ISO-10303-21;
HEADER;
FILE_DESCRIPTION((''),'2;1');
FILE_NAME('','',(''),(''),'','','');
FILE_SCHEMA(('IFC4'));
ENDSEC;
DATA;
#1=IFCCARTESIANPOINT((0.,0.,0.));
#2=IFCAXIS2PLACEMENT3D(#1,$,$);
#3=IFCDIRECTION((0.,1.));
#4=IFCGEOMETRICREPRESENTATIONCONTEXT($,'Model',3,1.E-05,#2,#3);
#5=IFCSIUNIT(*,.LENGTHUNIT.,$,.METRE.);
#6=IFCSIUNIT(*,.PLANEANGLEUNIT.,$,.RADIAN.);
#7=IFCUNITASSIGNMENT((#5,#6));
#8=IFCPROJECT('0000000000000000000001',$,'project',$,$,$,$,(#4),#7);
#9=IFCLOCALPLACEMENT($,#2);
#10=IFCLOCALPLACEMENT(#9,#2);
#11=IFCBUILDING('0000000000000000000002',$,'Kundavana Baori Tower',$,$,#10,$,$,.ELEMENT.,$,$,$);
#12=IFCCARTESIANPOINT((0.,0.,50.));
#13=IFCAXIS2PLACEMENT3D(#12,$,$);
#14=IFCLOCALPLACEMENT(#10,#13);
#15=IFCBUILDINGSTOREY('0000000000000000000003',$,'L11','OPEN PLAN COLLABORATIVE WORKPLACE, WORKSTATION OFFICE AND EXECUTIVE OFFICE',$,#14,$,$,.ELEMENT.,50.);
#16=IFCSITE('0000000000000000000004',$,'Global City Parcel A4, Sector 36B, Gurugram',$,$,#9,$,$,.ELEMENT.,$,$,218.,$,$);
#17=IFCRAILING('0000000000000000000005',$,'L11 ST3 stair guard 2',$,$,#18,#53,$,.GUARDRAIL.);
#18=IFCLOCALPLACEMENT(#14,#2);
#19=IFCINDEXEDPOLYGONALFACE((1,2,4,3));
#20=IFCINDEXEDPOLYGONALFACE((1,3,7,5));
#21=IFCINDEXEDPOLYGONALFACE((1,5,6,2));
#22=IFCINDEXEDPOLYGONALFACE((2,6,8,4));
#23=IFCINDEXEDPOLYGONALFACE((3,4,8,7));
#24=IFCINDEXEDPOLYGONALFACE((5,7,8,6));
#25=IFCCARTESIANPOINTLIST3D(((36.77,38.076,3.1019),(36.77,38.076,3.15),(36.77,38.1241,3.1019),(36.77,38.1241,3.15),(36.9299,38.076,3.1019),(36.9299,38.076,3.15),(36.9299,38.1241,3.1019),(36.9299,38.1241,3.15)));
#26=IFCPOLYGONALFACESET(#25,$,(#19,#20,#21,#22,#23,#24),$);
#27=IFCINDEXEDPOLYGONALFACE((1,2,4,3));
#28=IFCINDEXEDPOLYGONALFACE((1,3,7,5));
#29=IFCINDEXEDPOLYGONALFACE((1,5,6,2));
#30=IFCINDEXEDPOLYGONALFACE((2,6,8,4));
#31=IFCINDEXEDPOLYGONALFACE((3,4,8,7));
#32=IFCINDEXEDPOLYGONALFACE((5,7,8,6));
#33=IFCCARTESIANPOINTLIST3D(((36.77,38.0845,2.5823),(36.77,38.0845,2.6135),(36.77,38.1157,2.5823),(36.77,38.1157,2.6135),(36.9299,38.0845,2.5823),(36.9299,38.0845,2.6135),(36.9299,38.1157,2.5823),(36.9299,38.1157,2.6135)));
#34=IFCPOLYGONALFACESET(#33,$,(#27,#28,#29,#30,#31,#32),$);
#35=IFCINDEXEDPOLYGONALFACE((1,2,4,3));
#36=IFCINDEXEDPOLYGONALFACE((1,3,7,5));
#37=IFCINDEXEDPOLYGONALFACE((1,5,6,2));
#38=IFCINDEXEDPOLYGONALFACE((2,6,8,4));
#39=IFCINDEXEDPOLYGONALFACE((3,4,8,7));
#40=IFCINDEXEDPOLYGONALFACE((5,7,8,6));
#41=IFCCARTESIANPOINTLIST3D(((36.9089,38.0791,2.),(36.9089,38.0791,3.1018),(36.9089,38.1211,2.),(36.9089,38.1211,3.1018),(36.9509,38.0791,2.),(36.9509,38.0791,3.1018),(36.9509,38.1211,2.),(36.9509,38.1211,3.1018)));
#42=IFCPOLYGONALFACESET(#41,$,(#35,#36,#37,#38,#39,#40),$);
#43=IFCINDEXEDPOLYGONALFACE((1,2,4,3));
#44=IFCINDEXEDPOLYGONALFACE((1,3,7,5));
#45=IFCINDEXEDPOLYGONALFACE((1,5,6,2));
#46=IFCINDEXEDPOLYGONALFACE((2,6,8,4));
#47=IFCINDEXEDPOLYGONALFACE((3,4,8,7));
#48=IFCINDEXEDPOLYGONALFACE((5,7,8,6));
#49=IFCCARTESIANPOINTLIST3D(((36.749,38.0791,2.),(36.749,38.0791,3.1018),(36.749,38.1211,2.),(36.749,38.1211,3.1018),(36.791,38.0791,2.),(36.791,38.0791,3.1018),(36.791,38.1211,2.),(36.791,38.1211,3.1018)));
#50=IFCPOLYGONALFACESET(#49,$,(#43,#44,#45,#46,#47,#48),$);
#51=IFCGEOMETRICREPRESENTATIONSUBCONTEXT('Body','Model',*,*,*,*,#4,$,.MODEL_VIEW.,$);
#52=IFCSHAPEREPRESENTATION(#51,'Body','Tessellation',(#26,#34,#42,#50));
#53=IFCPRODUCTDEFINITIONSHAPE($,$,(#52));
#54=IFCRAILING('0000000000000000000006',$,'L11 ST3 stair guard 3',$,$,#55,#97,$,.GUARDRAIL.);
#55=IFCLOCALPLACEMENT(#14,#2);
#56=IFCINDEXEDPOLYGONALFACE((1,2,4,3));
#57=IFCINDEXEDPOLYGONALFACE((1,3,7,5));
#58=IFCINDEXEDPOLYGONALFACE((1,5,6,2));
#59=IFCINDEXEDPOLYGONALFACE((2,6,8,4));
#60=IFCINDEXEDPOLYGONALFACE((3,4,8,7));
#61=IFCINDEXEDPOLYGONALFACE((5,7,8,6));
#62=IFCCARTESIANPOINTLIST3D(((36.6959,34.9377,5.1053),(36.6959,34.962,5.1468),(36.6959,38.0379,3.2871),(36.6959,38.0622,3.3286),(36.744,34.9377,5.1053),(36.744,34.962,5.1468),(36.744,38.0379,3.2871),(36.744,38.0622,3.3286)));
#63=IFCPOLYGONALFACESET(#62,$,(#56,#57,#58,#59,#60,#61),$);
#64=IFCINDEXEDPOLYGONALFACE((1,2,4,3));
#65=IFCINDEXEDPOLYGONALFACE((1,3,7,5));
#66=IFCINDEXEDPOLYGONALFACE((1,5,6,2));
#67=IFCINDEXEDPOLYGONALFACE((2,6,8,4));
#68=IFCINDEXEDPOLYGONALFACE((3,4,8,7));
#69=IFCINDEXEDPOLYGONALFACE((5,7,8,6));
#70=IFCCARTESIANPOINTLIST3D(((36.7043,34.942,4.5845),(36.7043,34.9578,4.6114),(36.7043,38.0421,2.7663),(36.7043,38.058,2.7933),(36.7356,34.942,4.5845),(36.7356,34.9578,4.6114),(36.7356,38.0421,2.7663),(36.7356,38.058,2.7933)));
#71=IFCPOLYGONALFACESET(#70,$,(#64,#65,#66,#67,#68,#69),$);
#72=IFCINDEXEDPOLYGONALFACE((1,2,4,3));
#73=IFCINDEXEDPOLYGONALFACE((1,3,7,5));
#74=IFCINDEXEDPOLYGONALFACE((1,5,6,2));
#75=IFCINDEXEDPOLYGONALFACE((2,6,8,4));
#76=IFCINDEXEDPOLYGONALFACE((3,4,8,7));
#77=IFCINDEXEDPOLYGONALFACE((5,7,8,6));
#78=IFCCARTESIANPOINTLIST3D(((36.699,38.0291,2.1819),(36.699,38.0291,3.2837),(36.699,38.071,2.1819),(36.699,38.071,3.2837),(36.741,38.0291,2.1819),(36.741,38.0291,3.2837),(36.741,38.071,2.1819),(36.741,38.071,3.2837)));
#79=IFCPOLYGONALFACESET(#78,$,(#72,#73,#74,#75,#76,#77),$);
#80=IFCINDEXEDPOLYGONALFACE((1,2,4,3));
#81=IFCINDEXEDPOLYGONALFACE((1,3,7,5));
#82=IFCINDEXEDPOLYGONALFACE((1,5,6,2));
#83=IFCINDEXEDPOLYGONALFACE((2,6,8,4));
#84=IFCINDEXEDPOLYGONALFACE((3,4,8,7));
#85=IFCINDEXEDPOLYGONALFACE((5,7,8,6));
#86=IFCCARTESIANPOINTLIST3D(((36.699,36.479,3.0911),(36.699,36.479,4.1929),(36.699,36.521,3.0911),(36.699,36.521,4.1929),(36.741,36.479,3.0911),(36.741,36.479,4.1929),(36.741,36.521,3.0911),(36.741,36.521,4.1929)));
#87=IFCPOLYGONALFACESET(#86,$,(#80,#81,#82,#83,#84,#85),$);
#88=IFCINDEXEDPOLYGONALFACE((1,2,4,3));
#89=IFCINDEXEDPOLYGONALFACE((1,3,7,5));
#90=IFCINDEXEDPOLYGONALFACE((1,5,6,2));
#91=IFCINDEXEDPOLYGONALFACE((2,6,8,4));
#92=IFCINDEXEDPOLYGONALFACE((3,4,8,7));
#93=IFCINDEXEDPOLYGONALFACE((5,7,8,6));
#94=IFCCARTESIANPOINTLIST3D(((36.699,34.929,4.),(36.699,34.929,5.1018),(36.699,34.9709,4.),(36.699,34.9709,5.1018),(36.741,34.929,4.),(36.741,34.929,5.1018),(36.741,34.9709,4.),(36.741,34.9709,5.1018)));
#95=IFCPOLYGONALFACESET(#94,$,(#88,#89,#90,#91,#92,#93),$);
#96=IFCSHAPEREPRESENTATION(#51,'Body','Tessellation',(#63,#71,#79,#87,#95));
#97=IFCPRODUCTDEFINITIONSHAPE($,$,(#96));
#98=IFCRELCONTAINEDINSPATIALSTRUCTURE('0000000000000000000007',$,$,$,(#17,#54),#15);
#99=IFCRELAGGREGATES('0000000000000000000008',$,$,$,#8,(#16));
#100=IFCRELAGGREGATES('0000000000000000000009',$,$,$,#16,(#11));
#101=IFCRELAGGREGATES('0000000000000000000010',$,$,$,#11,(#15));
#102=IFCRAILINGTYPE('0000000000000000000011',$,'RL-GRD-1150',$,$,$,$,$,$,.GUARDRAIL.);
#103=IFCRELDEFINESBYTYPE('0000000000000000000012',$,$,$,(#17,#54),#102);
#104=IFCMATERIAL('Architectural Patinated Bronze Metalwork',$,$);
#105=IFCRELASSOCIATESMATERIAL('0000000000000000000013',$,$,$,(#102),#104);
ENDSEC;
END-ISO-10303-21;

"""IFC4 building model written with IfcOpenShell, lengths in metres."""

from ifc_helpers import new_model, si_unit, direction, frame, origin, origin_2d, place, context, subcontext, project, spatial, rectangle, extrude, material, type_object, element, save


model = new_model("IFC4")

# Units and contexts
model_context = context("Model", 3, precision=1e-05, world=origin(), true_north=direction((0.0, 1.0)))
body_context = subcontext(model_context, "Body", "Model", "MODEL_VIEW")
ifc_project = project(units=[si_unit("LENGTHUNIT", "METRE"), si_unit("PLANEANGLEUNIT", "RADIAN")], contexts=[model_context])

# Site, building, storey
site_placement = place(None, origin())
site = spatial("IfcSite", under=ifc_project, at=site_placement, Name="Global City Parcel A4, Sector 36B, Gurugram", CompositionType="ELEMENT", RefElevation=218.0)
building_placement = place(site_placement, origin())
building = spatial("IfcBuilding", under=site, at=building_placement, Name="Kundavana Baori Tower", CompositionType="ELEMENT")
storey_placement = place(building_placement, frame((0.0, 0.0, 50.0)))
storey = spatial("IfcBuildingStorey", under=building, at=storey_placement, Name="L11", Description="OPEN PLAN COLLABORATIVE WORKPLACE, WORKSTATION OFFICE AND EXECUTIVE OFFICE", CompositionType="ELEMENT", Elevation=50.0)

# Railings
ifc_material_1 = material(Name="Architectural Patinated Bronze Metalwork")
railing_type_1 = type_object("IfcRailingType", Name="RL-GRD-1150", PredefinedType="GUARDRAIL", material=ifc_material_1)
railing_1_placement = place(storey_placement, frame((36.9299, 38.1001, 2.0)))
element("IfcRailing", 1, at=railing_1_placement, inside=storey, type_object=railing_type_1, Name="L11 ST3 stair guard 2", PredefinedType="GUARDRAIL", context=body_context, shape_type="SweptSolid", body=[
    extrude(rectangle(XDim=0.0481, YDim=0.0481, at=origin_2d()), frame((0.0, 0.0, 1.126), z_axis=(-1.0, 0.0, 0.0), x_axis=(0.0, -1.0, 0.0)), (0.0, 0.0, 1.0), 0.1599),
    extrude(rectangle(XDim=0.0312, YDim=0.0312, at=origin_2d()), frame((0.0, 0.0, 0.5979), z_axis=(-1.0, 0.0, 0.0), x_axis=(0.0, -1.0, 0.0)), (0.0, 0.0, 1.0), 0.1599),
    extrude(rectangle(XDim=0.042, YDim=0.042, at=origin_2d()), origin(), (0.0, 0.0, 1.0), 1.1018),
    extrude(rectangle(XDim=0.042, YDim=0.042, at=origin_2d()), frame((-0.1599, 0.0, 0.0)), (0.0, 0.0, 1.0), 1.1018),
])
railing_2_placement = place(storey_placement, frame((36.72, 38.05, 2.1819)))
element("IfcRailing", 2, at=railing_2_placement, inside=storey, type_object=railing_type_1, Name="L11 ST3 stair guard 3", PredefinedType="GUARDRAIL", context=body_context, shape_type="SweptSolid", body=[
    extrude(rectangle(XDim=0.0481, YDim=0.0481, at=origin_2d()), frame((0.0, 0.0, 1.126), z_axis=(0.0, -0.862599, 0.505889), x_axis=(1.0, 0.0, 0.0)), (0.0, 0.0, 1.0), 3.594),
    extrude(rectangle(XDim=0.0312, YDim=0.0312, at=origin_2d()), frame((0.0, 0.0, 0.5979), z_axis=(0.0, -0.862599, 0.505889), x_axis=(1.0, 0.0, 0.0)), (0.0, 0.0, 1.0), 3.594),
    extrude(rectangle(XDim=0.042, YDim=0.042, at=origin_2d()), origin(), (0.0, 0.0, 1.0), 1.1018),
    extrude(rectangle(XDim=0.042, YDim=0.042, at=origin_2d()), frame((0.0, -1.55, 0.9092)), (0.0, 0.0, 1.0), 1.1018),
    extrude(rectangle(XDim=0.042, YDim=0.042, at=origin_2d()), frame((0.0, -3.1001, 1.8181)), (0.0, 0.0, 1.0), 1.1018),
])

save(model, "model.ifc")
